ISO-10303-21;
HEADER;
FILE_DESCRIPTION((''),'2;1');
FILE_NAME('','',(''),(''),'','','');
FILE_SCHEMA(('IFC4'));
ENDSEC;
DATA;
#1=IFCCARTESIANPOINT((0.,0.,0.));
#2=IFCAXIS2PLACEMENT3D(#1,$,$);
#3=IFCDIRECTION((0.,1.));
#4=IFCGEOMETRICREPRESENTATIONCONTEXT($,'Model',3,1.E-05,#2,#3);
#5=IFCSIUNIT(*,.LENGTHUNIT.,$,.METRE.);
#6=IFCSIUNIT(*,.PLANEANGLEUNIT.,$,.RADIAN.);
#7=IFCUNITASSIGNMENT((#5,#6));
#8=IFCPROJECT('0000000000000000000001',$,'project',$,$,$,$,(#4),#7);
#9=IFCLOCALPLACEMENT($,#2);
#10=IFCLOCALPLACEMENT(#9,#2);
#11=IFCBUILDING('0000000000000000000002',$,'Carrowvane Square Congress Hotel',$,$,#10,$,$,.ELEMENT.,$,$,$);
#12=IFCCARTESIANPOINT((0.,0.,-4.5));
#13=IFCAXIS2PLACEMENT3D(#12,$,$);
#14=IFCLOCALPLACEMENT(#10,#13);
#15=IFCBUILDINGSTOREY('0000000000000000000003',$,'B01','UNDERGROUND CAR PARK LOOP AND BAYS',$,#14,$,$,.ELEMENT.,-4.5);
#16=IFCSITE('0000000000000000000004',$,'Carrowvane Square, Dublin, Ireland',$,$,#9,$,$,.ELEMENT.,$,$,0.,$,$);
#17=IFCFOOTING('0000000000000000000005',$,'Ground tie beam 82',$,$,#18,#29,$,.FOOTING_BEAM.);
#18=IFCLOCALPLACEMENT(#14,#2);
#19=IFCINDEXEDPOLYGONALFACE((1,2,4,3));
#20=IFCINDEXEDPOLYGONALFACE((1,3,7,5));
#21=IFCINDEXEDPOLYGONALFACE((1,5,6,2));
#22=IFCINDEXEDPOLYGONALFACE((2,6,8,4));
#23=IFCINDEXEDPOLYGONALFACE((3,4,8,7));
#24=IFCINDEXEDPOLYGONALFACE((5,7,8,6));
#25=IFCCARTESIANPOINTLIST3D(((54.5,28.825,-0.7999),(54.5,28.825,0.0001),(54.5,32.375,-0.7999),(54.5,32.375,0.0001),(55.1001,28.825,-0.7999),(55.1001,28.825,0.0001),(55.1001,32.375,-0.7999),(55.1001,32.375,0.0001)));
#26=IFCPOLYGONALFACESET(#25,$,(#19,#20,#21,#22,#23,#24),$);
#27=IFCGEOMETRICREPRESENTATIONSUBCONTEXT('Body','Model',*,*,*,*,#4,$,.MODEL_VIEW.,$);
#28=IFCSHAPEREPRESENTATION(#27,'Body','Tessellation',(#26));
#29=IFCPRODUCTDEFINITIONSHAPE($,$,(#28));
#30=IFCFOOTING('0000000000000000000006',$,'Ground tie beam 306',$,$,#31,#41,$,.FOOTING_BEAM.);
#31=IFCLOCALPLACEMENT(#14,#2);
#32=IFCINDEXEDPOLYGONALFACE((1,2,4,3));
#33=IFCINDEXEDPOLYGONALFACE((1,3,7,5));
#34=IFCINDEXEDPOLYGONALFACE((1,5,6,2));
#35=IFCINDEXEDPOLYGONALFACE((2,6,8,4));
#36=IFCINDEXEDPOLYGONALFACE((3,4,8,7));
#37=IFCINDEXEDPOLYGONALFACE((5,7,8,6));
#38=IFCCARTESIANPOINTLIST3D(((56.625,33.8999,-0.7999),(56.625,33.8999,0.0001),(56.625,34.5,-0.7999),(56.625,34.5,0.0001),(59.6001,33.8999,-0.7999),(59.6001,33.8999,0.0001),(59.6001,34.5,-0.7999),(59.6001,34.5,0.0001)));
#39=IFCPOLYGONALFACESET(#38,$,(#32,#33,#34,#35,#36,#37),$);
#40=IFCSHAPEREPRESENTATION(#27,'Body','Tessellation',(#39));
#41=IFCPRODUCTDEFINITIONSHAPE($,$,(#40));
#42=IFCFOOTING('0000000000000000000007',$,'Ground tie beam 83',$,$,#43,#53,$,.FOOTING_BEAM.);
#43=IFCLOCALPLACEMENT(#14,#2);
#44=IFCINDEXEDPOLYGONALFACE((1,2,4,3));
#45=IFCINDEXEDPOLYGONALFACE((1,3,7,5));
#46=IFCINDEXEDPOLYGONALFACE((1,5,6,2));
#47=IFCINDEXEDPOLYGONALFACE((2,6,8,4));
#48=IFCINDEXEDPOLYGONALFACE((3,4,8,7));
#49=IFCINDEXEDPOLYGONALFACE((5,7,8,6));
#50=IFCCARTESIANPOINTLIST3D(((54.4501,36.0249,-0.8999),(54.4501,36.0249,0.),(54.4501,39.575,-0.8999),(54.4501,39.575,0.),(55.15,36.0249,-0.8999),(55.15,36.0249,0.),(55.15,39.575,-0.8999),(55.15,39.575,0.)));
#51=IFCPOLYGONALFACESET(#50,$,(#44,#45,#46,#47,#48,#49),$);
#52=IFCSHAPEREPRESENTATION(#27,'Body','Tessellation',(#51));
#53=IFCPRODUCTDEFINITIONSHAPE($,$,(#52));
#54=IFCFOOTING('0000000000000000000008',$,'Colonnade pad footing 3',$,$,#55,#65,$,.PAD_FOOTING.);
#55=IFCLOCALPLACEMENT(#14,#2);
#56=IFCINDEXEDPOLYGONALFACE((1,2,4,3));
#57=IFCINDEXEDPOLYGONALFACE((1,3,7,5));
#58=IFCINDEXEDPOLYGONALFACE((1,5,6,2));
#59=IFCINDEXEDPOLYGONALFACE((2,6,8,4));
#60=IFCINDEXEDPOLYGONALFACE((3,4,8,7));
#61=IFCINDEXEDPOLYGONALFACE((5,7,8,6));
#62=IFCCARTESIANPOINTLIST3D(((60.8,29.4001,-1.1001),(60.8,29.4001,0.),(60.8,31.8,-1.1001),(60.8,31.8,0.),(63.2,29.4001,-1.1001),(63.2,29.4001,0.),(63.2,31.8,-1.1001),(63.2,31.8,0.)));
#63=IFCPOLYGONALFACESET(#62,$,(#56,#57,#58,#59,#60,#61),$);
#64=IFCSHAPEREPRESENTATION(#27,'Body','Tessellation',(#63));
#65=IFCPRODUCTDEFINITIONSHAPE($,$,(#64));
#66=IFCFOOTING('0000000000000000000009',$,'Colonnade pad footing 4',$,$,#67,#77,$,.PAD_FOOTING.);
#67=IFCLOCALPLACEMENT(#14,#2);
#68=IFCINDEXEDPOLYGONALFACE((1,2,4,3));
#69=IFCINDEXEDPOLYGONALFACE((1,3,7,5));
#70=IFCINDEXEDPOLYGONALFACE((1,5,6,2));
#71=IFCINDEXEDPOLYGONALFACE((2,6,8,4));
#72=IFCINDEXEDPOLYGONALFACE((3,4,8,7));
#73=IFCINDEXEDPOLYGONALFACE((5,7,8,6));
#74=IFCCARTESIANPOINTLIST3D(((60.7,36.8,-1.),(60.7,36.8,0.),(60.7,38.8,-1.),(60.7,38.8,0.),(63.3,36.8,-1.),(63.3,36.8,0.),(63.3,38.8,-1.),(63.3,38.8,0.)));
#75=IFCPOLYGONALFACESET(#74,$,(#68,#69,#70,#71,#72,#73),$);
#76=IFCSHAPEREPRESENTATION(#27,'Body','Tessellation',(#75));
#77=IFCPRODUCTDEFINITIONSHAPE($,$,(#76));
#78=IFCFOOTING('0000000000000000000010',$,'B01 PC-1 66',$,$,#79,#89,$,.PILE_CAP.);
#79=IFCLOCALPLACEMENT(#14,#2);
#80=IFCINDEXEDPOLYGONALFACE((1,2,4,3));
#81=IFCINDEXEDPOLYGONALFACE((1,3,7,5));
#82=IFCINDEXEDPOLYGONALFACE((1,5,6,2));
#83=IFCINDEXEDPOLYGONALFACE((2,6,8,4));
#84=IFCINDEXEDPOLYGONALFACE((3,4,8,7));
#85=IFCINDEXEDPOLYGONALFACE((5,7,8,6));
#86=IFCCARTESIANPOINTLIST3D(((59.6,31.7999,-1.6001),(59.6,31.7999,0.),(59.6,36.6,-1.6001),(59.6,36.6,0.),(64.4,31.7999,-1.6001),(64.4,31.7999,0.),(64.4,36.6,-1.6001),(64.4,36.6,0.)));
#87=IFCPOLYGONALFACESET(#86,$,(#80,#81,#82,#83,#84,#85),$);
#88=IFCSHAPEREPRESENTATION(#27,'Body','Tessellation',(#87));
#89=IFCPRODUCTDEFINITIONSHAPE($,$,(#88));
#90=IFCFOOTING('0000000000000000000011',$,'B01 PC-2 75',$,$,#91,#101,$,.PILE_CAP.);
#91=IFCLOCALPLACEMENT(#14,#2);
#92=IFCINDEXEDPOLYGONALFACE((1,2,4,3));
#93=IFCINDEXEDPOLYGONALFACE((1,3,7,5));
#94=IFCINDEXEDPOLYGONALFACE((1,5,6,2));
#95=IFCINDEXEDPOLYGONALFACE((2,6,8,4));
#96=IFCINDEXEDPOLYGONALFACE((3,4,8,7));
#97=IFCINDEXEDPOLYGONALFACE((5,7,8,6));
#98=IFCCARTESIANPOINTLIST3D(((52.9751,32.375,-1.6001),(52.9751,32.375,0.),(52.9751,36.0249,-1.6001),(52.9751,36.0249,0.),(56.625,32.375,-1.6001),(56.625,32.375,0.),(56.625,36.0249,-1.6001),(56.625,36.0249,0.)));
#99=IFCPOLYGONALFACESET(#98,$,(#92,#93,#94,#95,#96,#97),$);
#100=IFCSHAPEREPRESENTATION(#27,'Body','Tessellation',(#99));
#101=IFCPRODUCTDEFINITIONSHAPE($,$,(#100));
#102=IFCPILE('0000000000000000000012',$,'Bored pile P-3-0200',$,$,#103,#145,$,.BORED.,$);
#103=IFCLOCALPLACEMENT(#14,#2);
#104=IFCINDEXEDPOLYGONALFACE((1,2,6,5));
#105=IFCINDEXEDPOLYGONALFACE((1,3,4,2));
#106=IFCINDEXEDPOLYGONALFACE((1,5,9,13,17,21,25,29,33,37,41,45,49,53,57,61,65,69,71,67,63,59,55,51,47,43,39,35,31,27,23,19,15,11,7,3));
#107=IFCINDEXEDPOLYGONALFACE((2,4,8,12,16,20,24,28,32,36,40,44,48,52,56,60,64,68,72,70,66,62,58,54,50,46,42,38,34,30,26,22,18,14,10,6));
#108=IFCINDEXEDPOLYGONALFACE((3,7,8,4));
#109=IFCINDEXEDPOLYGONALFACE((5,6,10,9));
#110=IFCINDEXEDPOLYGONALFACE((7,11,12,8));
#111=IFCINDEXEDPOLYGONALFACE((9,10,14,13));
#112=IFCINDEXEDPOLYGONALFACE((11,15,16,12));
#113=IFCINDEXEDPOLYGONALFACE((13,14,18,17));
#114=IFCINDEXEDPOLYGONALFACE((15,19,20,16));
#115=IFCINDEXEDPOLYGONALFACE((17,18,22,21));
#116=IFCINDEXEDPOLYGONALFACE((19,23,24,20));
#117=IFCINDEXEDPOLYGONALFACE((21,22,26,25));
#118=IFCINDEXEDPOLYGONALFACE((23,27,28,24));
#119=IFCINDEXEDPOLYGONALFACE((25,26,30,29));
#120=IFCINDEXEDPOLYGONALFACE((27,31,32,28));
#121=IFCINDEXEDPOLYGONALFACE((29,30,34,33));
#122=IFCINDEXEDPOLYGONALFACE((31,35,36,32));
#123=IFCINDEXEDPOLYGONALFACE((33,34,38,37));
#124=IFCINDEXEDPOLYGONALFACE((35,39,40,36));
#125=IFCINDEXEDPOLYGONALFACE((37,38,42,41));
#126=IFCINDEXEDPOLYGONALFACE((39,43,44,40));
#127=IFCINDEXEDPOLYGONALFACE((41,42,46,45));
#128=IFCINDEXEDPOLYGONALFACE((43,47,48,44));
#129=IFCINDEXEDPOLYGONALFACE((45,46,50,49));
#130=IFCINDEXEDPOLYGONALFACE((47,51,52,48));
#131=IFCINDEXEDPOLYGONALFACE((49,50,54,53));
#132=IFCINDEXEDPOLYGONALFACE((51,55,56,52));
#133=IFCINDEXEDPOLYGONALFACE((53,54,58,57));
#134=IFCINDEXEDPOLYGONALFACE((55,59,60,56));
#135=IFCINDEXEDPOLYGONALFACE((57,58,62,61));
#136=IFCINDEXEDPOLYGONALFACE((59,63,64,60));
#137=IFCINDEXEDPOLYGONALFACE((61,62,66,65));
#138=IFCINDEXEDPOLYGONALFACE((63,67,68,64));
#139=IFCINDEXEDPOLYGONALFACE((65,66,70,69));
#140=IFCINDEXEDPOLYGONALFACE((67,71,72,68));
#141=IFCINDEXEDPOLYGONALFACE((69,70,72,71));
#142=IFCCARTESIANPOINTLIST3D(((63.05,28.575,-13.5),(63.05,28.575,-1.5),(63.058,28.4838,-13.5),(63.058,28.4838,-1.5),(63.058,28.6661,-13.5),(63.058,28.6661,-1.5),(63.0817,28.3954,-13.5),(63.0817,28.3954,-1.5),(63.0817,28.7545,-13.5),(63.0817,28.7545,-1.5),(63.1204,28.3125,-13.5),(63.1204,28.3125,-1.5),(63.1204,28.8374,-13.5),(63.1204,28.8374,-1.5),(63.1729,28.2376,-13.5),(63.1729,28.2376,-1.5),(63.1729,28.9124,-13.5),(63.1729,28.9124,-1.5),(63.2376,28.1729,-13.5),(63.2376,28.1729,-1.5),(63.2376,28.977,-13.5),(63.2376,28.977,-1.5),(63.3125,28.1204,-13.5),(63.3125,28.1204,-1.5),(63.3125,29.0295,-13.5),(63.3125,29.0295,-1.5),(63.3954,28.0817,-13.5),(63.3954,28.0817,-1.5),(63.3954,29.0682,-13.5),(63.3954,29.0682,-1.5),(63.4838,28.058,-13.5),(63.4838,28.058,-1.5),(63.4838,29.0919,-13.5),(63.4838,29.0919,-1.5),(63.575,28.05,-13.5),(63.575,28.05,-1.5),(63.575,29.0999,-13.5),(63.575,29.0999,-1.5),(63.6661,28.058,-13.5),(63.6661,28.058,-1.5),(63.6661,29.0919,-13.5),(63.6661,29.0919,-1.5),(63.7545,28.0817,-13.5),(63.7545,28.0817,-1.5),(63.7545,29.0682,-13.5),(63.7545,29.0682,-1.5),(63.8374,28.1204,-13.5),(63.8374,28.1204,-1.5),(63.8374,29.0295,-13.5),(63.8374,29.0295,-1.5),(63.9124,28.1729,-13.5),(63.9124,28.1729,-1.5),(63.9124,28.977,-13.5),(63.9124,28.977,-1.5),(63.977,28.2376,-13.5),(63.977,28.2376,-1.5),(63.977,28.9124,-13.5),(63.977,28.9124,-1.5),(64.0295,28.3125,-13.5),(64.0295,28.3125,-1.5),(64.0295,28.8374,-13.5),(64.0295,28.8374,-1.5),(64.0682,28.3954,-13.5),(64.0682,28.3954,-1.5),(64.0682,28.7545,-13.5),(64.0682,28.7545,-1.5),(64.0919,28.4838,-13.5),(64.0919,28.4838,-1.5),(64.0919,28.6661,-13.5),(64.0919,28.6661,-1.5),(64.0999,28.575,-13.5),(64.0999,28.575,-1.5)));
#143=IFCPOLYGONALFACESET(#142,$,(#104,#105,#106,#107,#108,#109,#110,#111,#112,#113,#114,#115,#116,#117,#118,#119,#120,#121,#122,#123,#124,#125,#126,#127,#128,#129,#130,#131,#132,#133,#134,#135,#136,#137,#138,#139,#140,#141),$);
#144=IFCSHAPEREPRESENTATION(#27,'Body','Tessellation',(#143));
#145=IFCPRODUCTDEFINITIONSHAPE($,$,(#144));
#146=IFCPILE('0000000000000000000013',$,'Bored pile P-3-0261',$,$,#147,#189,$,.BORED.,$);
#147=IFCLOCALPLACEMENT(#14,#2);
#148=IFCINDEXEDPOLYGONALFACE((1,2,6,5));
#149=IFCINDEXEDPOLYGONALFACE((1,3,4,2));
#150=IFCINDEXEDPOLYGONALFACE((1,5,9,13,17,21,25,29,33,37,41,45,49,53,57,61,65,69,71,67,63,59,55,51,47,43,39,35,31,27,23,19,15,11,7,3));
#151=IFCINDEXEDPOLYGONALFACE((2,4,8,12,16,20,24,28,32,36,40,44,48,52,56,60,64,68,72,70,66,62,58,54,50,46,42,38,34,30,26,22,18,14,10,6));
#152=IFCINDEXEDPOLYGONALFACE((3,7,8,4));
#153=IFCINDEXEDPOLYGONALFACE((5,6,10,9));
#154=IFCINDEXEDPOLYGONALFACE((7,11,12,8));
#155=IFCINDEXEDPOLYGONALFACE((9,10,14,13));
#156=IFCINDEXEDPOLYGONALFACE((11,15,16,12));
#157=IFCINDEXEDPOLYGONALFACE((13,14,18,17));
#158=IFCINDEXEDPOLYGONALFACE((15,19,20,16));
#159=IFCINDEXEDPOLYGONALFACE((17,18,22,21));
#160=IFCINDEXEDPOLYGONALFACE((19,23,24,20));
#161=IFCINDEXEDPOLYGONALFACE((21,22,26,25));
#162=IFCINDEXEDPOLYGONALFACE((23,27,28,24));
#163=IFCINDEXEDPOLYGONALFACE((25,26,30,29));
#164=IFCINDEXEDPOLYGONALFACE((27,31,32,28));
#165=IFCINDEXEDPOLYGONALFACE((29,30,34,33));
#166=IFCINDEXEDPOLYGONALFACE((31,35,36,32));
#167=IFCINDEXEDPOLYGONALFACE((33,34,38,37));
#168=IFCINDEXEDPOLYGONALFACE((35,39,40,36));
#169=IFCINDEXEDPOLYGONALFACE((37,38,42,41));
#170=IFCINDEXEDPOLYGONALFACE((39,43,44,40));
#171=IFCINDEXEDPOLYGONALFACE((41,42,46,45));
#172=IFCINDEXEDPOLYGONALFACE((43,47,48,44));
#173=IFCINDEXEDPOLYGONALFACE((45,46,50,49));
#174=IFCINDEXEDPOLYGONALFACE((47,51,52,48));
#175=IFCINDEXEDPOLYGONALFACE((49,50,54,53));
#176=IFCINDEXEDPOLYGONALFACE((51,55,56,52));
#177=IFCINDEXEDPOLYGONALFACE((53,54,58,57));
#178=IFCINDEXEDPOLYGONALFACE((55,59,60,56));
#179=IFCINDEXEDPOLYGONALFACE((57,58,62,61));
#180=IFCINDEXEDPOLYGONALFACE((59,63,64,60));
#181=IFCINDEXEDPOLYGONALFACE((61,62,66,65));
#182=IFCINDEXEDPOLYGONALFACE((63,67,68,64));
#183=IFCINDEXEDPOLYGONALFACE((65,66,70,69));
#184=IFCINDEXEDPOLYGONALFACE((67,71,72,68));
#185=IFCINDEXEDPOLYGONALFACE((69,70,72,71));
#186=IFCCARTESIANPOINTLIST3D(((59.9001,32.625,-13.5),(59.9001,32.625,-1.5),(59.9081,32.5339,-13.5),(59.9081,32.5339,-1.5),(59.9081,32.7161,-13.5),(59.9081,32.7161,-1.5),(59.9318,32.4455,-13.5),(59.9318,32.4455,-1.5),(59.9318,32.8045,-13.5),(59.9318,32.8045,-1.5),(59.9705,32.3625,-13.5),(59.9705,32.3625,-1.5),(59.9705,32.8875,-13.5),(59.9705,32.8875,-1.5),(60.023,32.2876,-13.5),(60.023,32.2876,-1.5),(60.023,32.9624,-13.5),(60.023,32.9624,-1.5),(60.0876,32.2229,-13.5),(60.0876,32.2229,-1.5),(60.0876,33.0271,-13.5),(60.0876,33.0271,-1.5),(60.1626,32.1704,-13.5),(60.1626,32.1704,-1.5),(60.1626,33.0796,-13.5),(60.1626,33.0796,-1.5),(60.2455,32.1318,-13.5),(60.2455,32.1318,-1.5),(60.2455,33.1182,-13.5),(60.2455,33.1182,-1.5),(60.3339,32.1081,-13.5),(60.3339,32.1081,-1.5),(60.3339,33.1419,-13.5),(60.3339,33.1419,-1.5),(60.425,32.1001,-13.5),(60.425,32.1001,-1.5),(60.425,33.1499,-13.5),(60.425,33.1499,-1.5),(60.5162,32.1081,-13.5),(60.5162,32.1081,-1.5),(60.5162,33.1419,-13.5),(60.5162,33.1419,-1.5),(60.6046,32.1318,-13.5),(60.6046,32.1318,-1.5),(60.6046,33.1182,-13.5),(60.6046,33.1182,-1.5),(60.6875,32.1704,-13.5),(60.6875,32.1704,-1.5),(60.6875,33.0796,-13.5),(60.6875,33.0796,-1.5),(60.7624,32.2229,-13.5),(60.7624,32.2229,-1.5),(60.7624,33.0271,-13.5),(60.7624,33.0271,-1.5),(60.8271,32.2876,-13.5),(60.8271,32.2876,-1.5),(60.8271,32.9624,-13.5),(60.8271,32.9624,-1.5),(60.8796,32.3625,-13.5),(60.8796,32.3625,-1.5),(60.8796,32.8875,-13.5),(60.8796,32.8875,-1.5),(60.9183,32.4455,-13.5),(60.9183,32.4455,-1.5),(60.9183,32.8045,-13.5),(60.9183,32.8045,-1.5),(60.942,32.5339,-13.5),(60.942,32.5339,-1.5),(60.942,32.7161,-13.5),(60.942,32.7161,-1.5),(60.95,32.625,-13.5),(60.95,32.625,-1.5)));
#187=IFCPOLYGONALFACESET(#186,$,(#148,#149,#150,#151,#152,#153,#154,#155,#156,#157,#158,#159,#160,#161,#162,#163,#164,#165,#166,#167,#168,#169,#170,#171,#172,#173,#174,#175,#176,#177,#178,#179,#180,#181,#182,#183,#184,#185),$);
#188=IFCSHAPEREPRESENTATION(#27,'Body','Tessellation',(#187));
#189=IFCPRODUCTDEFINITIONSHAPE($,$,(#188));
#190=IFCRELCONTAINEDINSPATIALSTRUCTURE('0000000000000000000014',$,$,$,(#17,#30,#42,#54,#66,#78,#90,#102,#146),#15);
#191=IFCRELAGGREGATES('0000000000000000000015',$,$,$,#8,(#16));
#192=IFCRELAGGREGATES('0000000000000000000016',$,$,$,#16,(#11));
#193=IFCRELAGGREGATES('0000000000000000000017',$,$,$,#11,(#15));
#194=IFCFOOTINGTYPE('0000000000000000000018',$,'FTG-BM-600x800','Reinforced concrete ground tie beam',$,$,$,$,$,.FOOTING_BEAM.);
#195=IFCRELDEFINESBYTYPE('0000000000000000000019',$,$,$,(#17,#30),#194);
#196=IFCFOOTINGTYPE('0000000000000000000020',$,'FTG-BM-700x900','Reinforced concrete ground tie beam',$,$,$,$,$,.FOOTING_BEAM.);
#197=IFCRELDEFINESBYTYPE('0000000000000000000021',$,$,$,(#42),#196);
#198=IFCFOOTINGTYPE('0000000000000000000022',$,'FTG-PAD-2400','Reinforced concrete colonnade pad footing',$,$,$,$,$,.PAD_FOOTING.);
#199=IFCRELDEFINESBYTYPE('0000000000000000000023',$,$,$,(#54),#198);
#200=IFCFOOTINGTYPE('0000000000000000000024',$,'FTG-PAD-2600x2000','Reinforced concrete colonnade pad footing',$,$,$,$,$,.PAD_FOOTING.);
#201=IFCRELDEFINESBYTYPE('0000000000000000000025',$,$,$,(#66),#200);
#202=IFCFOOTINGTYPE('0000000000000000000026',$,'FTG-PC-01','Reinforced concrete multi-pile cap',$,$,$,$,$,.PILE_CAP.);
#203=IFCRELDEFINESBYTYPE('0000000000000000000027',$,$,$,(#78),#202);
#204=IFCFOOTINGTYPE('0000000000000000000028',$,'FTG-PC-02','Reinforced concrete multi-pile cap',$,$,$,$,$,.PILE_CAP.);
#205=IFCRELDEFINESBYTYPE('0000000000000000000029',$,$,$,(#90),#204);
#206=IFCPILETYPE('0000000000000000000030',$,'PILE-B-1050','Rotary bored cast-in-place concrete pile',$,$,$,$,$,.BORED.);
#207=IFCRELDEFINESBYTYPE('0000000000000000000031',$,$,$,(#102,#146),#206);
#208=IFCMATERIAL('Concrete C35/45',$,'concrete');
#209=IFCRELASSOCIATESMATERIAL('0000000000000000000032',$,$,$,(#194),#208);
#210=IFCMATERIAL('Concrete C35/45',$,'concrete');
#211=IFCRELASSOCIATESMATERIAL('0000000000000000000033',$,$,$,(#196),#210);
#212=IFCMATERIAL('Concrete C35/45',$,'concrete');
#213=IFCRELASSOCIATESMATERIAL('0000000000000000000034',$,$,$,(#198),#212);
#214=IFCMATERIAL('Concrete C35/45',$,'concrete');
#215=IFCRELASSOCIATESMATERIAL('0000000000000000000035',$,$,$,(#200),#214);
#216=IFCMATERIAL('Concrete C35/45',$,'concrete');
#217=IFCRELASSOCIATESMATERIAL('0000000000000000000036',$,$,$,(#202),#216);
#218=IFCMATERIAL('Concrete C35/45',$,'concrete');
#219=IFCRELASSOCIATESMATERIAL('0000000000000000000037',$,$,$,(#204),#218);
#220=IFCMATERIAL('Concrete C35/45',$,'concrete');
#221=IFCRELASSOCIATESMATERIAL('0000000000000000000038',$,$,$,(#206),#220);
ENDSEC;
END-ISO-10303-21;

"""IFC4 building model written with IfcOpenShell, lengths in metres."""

from ifc_helpers import new_model, si_unit, direction, frame, origin, origin_2d, place, context, subcontext, project, spatial, rectangle, circle, extrude, material, material_profile, profile_set, type_object, element, save


model = new_model("IFC4")

# Units and contexts
model_context = context("Model", 3, precision=1e-05, world=origin(), true_north=direction((0.0, 1.0)))
body_context = subcontext(model_context, "Body", "Model", "MODEL_VIEW")
ifc_project = project(units=[si_unit("LENGTHUNIT", "METRE"), si_unit("PLANEANGLEUNIT", "RADIAN")], contexts=[model_context])

# Site, building, storey
site_placement = place(None, origin())
site = spatial("IfcSite", under=ifc_project, at=site_placement, Name="Carrowvane Square, Dublin, Ireland", CompositionType="ELEMENT", RefElevation=0.0)
building_placement = place(site_placement, origin())
building = spatial("IfcBuilding", under=site, at=building_placement, Name="Carrowvane Square Congress Hotel", CompositionType="ELEMENT")
storey_placement = place(building_placement, frame((0.0, 0.0, -4.5)))
storey = spatial("IfcBuildingStorey", under=building, at=storey_placement, Name="B01", Description="UNDERGROUND CAR PARK LOOP AND BAYS", CompositionType="ELEMENT", Elevation=-4.5)

# Footings
ifc_material_1 = material(Name="Concrete C35/45", Category="concrete")
ifc_material_profile_1 = material_profile(ifc_material_1, rectangle(XDim=0.6001, YDim=0.8, at=origin_2d()), Name="RC 600x800")
ifc_profile_set_1 = profile_set([ifc_material_profile_1], Name="Concrete C35/45")
footing_type_1 = type_object("IfcFootingType", Name="FTG-BM-600x800", Description="Reinforced concrete ground tie beam", PredefinedType="FOOTING_BEAM", material=ifc_profile_set_1)
footing_1_placement = place(storey_placement, frame((54.8, 28.825, -0.3999), z_axis=(0.0, 1.0, 0.0), x_axis=(-1.0, 0.0, 0.0)))
element("IfcFooting", 1, at=footing_1_placement, inside=storey, type_object=footing_type_1, Name="Ground tie beam 82", PredefinedType="FOOTING_BEAM", context=body_context, shape_type="SweptSolid", body=[
    extrude(rectangle(XDim=0.6001, YDim=0.8, at=origin_2d()), origin(), (0.0, 0.0, 1.0), 3.55),
])
footing_2_placement = place(storey_placement, frame((56.625, 34.2, -0.3999), z_axis=(1.0, 0.0, 0.0), x_axis=(0.0, 1.0, 0.0)))
element("IfcFooting", 2, at=footing_2_placement, inside=storey, type_object=footing_type_1, Name="Ground tie beam 306", PredefinedType="FOOTING_BEAM", context=body_context, shape_type="SweptSolid", body=[
    extrude(rectangle(XDim=0.6001, YDim=0.8, at=origin_2d()), origin(), (0.0, 0.0, 1.0), 2.9751),
])
ifc_material_2 = material(Name="Concrete C35/45", Category="concrete")
ifc_material_profile_2 = material_profile(ifc_material_2, rectangle(XDim=0.7, YDim=0.8999, at=origin_2d()), Name="RC 700x900")
ifc_profile_set_2 = profile_set([ifc_material_profile_2], Name="Concrete C35/45")
footing_type_2 = type_object("IfcFootingType", Name="FTG-BM-700x900", Description="Reinforced concrete ground tie beam", PredefinedType="FOOTING_BEAM", material=ifc_profile_set_2)
footing_3_placement = place(storey_placement, frame((54.8, 36.0249, -0.45), z_axis=(0.0, 1.0, 0.0), x_axis=(-1.0, 0.0, 0.0)))
element("IfcFooting", 3, at=footing_3_placement, inside=storey, type_object=footing_type_2, Name="Ground tie beam 83", PredefinedType="FOOTING_BEAM", context=body_context, shape_type="SweptSolid", body=[
    extrude(rectangle(XDim=0.7, YDim=0.8999, at=origin_2d()), origin(), (0.0, 0.0, 1.0), 3.55),
])
ifc_material_3 = material(Name="Concrete C35/45", Category="concrete")
footing_type_3 = type_object("IfcFootingType", Name="FTG-PAD-2400", Description="Reinforced concrete colonnade pad footing", PredefinedType="PAD_FOOTING", material=ifc_material_3)
footing_4_placement = place(storey_placement, frame((62.0, 30.6001, -1.1001), z_axis=(0.0, 0.0, 1.0), x_axis=(1.0, 0.0, 0.0)))
element("IfcFooting", 4, at=footing_4_placement, inside=storey, type_object=footing_type_3, Name="Colonnade pad footing 3", PredefinedType="PAD_FOOTING", context=body_context, shape_type="SweptSolid", body=[
    extrude(rectangle(XDim=2.3999, YDim=2.3999, at=origin_2d()), origin(), (0.0, 0.0, 1.0), 1.1001),
])
ifc_material_4 = material(Name="Concrete C35/45", Category="concrete")
footing_type_4 = type_object("IfcFootingType", Name="FTG-PAD-2600x2000", Description="Reinforced concrete colonnade pad footing", PredefinedType="PAD_FOOTING", material=ifc_material_4)
footing_5_placement = place(storey_placement, frame((62.0, 37.8, -1.0), z_axis=(0.0, 0.0, 1.0), x_axis=(1.0, 0.0, 0.0)))
element("IfcFooting", 5, at=footing_5_placement, inside=storey, type_object=footing_type_4, Name="Colonnade pad footing 4", PredefinedType="PAD_FOOTING", context=body_context, shape_type="SweptSolid", body=[
    extrude(rectangle(XDim=2.6001, YDim=2.0, at=origin_2d()), origin(), (0.0, 0.0, 1.0), 1.0),
])
ifc_material_5 = material(Name="Concrete C35/45", Category="concrete")
footing_type_5 = type_object("IfcFootingType", Name="FTG-PC-01", Description="Reinforced concrete multi-pile cap", PredefinedType="PILE_CAP", material=ifc_material_5)
footing_6_placement = place(storey_placement, frame((62.0, 34.2, -1.6001), z_axis=(0.0, 0.0, 1.0), x_axis=(1.0, 0.0, 0.0)))
element("IfcFooting", 6, at=footing_6_placement, inside=storey, type_object=footing_type_5, Name="B01 PC-1 66", PredefinedType="PILE_CAP", context=body_context, shape_type="SweptSolid", body=[
    extrude(rectangle(XDim=4.8, YDim=4.8, at=origin_2d()), origin(), (0.0, 0.0, 1.0), 1.6001),
])
ifc_material_6 = material(Name="Concrete C35/45", Category="concrete")
footing_type_6 = type_object("IfcFootingType", Name="FTG-PC-02", Description="Reinforced concrete multi-pile cap", PredefinedType="PILE_CAP", material=ifc_material_6)
footing_7_placement = place(storey_placement, frame((54.8, 34.2, -1.6001), z_axis=(0.0, 0.0, 1.0), x_axis=(1.0, 0.0, 0.0)))
element("IfcFooting", 7, at=footing_7_placement, inside=storey, type_object=footing_type_6, Name="B01 PC-2 75", PredefinedType="PILE_CAP", context=body_context, shape_type="SweptSolid", body=[
    extrude(rectangle(XDim=3.6499, YDim=3.6499, at=origin_2d()), origin(), (0.0, 0.0, 1.0), 1.6001),
])

# Piles
ifc_material_7 = material(Name="Concrete C35/45", Category="concrete")
ifc_material_profile_3 = material_profile(ifc_material_7, circle(Radius=0.5249, at=origin_2d()), Name="PILE D1050")
ifc_profile_set_3 = profile_set([ifc_material_profile_3], Name="Concrete C35/45")
pile_type_1 = type_object("IfcPileType", Name="PILE-B-1050", Description="Rotary bored cast-in-place concrete pile", PredefinedType="BORED", material=ifc_profile_set_3)
for number, where, z_axis, x_axis, name in (
    (8, (63.575, 28.575, -1.5), (0.0, 0.0, -1.0), (1.0, 0.0, 0.0), "Bored pile P-3-0200"),
    (9, (60.425, 32.625, -1.5), (0.0, 0.0, -1.0), (1.0, 0.0, 0.0), "Bored pile P-3-0261"),
):
    element("IfcPile", number, at=place(storey_placement, frame(where, z_axis=z_axis, x_axis=x_axis)), inside=storey, type_object=pile_type_1, Name=name, PredefinedType="BORED", context=body_context, shape_type="SweptSolid", body=[
        extrude(circle(Radius=0.5249, at=origin_2d()), origin(), (0.0, 0.0, 1.0), 12.0),
    ])

save(model, "model.ifc")
